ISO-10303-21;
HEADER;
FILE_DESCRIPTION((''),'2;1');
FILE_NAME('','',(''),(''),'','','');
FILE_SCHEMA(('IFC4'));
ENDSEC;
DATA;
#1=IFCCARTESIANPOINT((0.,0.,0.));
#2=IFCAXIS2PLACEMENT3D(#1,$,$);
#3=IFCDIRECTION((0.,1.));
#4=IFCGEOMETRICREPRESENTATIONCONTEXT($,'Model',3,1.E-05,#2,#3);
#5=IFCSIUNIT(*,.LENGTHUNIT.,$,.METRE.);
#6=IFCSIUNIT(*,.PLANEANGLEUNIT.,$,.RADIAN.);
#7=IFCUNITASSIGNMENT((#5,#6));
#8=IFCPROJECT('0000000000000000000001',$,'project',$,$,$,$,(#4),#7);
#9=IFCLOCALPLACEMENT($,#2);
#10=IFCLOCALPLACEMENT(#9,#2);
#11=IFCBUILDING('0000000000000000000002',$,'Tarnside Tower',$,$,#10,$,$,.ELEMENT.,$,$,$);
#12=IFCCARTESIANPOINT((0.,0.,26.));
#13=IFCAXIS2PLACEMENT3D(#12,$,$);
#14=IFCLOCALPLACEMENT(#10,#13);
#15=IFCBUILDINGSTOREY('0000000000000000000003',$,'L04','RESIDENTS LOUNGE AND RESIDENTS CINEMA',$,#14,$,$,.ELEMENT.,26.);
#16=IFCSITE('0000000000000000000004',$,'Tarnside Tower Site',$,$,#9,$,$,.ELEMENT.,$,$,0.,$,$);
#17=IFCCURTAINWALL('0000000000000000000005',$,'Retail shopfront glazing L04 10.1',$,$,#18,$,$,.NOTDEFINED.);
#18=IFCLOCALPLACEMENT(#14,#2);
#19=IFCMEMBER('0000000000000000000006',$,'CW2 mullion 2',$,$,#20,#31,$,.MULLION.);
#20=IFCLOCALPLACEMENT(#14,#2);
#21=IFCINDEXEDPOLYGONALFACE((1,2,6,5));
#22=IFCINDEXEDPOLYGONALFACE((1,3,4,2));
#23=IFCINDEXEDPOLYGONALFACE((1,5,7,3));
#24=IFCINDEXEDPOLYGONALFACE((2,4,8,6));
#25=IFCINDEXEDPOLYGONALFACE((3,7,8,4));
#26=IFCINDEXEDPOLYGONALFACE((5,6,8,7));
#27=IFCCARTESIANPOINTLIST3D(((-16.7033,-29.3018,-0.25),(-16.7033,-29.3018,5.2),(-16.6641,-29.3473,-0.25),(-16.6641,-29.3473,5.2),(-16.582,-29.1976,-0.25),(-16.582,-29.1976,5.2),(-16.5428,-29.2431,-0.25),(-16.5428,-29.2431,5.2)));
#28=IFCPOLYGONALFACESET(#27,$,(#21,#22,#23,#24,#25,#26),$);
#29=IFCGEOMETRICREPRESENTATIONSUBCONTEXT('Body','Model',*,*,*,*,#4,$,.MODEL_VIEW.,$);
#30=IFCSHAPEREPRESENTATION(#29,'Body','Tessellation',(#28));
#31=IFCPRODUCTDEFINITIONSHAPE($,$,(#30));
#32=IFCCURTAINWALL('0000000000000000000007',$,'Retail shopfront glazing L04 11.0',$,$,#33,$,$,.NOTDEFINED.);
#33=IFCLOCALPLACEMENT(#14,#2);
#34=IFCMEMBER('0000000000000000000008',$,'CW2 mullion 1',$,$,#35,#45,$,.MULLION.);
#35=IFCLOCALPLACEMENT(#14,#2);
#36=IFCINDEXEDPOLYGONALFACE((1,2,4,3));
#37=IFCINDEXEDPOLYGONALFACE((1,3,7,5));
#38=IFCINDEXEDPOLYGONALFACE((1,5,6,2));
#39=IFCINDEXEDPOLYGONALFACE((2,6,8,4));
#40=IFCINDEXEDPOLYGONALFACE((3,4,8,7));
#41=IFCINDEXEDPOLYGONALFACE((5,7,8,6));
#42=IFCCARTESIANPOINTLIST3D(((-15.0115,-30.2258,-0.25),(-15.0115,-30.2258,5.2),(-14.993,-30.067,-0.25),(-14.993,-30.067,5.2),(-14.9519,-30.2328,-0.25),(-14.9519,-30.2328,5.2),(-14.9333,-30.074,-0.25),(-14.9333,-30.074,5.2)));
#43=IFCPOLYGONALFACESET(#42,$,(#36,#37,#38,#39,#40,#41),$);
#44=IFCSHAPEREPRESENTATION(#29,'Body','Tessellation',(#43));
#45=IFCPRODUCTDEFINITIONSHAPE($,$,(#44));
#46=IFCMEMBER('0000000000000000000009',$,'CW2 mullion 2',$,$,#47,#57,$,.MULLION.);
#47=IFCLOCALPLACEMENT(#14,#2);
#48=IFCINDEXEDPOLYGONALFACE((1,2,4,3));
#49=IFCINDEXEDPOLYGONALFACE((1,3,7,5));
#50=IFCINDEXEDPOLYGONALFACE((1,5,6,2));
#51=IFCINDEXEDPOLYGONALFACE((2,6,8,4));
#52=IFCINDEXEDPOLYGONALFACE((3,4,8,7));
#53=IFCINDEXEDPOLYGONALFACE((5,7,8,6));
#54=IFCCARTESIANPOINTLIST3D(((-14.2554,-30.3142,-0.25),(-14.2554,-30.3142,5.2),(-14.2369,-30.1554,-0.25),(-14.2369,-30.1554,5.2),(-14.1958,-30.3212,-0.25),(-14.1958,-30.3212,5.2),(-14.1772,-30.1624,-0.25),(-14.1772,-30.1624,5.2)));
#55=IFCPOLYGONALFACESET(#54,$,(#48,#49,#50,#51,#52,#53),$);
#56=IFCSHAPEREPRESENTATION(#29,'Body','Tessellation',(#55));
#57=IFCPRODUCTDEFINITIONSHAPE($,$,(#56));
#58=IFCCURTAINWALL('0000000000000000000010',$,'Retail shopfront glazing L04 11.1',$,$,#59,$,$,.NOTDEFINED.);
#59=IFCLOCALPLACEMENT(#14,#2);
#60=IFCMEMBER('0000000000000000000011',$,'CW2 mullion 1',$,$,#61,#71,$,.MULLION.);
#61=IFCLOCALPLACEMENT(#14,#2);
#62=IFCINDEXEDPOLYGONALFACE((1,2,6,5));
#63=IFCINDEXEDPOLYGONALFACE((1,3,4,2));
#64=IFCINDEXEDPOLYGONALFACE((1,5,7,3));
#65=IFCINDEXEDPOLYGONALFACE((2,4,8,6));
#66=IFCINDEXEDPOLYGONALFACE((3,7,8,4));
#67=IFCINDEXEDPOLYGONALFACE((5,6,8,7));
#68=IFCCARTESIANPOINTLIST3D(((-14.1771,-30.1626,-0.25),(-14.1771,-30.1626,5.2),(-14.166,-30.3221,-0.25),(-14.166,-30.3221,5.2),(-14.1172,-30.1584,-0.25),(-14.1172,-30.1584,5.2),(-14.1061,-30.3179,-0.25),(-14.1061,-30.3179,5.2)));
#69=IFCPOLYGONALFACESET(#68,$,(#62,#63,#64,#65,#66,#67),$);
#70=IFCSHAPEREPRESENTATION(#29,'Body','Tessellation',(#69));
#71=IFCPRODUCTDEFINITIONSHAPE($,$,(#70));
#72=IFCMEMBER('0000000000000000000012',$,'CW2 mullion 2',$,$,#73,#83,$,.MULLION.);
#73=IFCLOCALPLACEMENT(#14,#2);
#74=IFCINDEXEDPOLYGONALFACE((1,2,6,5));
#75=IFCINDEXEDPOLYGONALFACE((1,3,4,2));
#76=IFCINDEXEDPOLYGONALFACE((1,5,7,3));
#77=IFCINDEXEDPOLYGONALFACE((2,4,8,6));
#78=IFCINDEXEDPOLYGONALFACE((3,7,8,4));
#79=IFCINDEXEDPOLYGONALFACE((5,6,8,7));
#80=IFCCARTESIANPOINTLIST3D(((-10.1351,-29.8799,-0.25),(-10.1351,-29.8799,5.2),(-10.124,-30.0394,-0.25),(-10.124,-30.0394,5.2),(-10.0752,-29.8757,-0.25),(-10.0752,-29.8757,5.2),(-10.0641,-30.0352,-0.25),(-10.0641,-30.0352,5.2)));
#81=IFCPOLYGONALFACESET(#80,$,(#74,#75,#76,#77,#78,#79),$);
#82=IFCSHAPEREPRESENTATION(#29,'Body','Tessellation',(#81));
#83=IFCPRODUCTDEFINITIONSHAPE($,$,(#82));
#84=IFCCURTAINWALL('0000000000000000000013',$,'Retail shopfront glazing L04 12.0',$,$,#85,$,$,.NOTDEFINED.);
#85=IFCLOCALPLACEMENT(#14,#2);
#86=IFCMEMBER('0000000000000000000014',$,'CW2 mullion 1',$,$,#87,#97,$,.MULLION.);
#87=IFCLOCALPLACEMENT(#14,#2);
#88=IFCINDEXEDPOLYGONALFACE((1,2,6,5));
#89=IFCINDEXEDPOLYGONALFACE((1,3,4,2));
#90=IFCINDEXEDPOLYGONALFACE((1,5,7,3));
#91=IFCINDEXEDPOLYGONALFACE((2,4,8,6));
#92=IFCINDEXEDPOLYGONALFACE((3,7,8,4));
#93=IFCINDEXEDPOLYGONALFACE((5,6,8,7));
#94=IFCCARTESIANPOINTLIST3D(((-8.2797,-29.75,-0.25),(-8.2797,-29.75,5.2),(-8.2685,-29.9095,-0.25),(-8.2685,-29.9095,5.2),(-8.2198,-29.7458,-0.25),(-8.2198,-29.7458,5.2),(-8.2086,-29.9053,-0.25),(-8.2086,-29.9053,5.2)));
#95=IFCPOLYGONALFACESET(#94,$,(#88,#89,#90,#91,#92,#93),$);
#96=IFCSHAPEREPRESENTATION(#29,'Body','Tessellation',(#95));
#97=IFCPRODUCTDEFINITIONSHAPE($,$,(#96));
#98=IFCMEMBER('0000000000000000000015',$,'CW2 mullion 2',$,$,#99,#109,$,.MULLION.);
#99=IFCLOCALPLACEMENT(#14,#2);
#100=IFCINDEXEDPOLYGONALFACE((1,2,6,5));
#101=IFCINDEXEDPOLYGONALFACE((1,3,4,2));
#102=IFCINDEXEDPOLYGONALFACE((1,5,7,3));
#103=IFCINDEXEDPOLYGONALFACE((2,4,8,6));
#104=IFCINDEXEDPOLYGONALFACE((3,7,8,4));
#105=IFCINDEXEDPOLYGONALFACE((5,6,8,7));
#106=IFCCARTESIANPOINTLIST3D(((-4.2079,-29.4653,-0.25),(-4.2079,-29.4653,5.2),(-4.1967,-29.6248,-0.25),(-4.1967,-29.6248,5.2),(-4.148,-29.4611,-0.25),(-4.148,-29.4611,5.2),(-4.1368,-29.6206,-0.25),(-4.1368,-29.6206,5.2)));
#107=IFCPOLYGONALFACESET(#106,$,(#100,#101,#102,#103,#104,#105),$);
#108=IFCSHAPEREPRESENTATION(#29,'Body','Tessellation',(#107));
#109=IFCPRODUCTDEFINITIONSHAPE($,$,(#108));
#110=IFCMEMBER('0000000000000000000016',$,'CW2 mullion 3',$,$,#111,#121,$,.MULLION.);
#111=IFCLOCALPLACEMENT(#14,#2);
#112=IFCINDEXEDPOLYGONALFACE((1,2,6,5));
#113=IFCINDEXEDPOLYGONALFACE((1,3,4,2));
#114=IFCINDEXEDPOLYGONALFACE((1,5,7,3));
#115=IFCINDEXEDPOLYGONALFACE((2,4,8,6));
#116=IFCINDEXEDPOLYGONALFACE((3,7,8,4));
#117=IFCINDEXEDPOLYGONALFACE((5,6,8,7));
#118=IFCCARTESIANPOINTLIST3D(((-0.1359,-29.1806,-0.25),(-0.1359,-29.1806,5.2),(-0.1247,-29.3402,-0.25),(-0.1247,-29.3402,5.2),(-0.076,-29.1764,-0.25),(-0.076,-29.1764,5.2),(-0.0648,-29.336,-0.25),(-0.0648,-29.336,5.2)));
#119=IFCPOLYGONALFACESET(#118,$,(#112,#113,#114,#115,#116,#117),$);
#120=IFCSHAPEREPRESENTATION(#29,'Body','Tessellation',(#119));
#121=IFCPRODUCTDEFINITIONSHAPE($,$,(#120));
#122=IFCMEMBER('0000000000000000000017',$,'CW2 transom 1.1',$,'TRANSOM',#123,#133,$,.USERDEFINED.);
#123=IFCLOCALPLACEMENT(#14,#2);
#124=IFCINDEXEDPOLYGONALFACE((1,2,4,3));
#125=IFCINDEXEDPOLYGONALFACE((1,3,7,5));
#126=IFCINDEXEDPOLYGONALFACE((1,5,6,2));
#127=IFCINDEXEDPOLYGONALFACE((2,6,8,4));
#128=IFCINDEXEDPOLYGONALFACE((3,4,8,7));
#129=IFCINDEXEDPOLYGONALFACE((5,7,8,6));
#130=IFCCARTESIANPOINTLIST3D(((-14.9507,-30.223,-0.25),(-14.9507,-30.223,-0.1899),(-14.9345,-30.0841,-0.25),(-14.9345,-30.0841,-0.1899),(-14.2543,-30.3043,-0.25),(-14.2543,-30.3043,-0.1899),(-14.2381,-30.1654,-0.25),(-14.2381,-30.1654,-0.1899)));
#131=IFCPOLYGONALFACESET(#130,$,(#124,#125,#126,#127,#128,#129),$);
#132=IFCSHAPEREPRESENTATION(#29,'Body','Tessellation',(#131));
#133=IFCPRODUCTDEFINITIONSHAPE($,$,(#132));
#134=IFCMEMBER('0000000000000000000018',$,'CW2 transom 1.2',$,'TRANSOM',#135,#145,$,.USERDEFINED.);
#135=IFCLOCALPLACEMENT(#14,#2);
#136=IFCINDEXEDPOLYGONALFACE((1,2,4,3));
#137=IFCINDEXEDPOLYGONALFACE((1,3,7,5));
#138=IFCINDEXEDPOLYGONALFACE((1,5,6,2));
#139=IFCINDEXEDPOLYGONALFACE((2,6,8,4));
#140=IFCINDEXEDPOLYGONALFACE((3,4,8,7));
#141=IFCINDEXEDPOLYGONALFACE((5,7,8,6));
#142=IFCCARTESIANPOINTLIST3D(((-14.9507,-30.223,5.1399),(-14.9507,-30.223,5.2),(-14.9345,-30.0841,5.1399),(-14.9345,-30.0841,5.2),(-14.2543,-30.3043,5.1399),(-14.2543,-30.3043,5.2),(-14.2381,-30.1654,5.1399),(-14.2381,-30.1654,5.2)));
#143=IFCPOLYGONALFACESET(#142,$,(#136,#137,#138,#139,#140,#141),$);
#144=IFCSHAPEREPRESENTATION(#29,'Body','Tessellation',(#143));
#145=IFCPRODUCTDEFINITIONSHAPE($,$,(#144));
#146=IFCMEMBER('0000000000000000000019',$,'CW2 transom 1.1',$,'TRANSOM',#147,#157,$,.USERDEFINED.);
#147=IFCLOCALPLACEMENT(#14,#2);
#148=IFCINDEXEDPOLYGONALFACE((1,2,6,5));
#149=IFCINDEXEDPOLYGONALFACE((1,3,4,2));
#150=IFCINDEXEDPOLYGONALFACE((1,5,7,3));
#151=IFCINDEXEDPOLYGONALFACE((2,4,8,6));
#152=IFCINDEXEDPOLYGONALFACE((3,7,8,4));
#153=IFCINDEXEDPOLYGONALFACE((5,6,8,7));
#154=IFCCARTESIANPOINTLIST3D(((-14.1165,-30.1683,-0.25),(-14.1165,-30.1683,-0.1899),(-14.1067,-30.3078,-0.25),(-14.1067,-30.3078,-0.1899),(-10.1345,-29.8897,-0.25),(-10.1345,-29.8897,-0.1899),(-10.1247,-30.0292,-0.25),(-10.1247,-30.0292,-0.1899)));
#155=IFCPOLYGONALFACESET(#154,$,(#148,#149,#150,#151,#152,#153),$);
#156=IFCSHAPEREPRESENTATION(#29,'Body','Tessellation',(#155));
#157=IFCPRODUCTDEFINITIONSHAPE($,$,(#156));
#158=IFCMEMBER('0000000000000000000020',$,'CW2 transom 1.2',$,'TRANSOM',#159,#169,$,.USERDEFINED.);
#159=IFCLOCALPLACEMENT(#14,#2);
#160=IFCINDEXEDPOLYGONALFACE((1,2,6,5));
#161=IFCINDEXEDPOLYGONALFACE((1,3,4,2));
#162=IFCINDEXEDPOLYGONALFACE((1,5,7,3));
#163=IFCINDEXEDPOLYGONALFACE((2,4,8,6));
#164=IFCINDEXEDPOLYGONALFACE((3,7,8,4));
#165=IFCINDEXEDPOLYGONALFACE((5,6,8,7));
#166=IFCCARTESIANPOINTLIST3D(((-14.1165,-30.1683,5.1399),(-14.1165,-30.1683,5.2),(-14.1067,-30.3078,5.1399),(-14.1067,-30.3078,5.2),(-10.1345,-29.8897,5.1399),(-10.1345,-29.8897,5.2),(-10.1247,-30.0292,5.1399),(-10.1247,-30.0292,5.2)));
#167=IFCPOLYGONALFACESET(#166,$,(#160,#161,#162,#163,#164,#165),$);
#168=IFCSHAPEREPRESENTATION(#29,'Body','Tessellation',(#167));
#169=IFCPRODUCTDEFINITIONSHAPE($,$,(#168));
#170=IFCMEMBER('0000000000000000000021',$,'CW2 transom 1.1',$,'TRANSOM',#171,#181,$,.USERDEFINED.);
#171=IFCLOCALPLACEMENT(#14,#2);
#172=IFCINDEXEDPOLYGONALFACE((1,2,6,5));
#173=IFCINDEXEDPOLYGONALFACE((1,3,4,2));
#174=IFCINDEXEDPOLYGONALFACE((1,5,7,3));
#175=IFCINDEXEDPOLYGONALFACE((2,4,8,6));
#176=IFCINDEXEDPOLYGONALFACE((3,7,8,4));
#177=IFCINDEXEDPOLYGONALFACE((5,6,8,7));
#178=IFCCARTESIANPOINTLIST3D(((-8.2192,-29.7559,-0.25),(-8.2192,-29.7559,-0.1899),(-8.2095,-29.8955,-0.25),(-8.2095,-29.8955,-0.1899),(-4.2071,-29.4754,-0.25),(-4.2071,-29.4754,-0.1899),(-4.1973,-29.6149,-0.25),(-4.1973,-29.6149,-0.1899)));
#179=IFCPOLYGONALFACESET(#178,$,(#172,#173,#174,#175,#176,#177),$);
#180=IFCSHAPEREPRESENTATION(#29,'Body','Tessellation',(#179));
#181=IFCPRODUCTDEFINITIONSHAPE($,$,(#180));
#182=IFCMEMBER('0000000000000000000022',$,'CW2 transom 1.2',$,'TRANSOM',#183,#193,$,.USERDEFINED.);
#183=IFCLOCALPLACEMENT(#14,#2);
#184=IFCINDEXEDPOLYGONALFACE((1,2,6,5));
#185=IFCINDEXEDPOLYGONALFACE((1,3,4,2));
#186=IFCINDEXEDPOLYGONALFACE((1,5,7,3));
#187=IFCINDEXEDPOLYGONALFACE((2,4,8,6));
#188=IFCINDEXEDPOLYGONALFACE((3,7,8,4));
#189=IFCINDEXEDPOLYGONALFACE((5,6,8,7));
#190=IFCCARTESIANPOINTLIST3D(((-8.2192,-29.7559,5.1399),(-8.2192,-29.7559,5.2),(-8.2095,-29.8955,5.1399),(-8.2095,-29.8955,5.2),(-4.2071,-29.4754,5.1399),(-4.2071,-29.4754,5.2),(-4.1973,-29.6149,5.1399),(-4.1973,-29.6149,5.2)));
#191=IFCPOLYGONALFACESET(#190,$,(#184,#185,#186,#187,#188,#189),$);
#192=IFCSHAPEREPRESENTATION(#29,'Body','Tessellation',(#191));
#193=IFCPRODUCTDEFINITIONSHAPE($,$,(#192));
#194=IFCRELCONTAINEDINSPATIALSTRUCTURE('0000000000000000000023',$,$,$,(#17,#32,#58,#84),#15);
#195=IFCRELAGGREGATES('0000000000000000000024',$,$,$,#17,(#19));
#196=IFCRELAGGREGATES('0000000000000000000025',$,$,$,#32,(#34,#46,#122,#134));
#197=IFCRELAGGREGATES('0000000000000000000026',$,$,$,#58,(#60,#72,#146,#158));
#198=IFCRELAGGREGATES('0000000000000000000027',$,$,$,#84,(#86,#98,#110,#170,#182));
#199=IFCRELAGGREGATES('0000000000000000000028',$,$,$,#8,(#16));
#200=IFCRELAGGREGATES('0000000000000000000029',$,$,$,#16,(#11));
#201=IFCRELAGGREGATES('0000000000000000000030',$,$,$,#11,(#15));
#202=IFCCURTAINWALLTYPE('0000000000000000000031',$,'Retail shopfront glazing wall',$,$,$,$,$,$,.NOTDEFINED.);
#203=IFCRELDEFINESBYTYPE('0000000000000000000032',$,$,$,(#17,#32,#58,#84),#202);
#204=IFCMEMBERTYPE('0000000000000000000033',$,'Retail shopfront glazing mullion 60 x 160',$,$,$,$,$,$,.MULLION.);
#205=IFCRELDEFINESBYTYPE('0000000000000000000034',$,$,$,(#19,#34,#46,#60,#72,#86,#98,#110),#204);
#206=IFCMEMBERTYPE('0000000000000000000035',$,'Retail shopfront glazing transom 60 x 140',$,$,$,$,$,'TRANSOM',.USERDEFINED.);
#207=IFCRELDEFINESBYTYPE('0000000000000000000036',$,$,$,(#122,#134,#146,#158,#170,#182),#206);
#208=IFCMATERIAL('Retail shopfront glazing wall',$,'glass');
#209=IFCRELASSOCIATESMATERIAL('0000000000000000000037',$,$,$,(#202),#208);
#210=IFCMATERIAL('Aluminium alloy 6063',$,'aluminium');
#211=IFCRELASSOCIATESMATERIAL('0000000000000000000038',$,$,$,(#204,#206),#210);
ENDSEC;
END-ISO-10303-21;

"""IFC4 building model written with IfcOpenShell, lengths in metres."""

from ifc_helpers import new_model, si_unit, direction, frame, origin, origin_2d, place, context, subcontext, project, spatial, rectangle, extrude, material, material_profile, profile_set, type_object, element, aggregate, save


model = new_model("IFC4")

# Units and contexts
model_context = context("Model", 3, precision=1e-05, world=origin(), true_north=direction((0.0, 1.0)))
body_context = subcontext(model_context, "Body", "Model", "MODEL_VIEW")
ifc_project = project(units=[si_unit("LENGTHUNIT", "METRE"), si_unit("PLANEANGLEUNIT", "RADIAN")], contexts=[model_context])

# Site, building, storey
site_placement = place(None, origin())
site = spatial("IfcSite", under=ifc_project, at=site_placement, Name="Tarnside Tower Site", CompositionType="ELEMENT", RefElevation=0.0)
building_placement = place(site_placement, origin())
building = spatial("IfcBuilding", under=site, at=building_placement, Name="Tarnside Tower", CompositionType="ELEMENT")
storey_placement = place(building_placement, frame((0.0, 0.0, 26.0)))
storey = spatial("IfcBuildingStorey", under=building, at=storey_placement, Name="L04", Description="RESIDENTS LOUNGE AND RESIDENTS CINEMA", CompositionType="ELEMENT", Elevation=26.0)

# Curtain wall, member
ifc_material_1 = material(Name="Retail shopfront glazing wall", Category="glass")
curtain_wall_type = type_object("IfcCurtainWallType", Name="Retail shopfront glazing wall", PredefinedType="NOTDEFINED", material=ifc_material_1)
curtain_wall_1_placement = place(storey_placement, origin())
curtain_wall_1 = element("IfcCurtainWall", 1, at=curtain_wall_1_placement, inside=storey, type_object=curtain_wall_type, Name="Retail shopfront glazing L04 10.1", PredefinedType="NOTDEFINED")
ifc_material_2 = material(Name="Aluminium alloy 6063", Category="aluminium")
ifc_material_profile_1 = material_profile(ifc_material_2, rectangle(XDim=0.1599, YDim=0.0601, at=origin_2d()), Name="Retail shopfront glazing mullion 60 x 160")
ifc_profile_set_1 = profile_set([ifc_material_profile_1], Name="Aluminium alloy 6063")
member_type_1 = type_object("IfcMemberType", Name="Retail shopfront glazing mullion 60 x 160", PredefinedType="MULLION", material=ifc_profile_set_1)
member_1_placement = place(storey_placement, frame((-16.623, -29.2725, -0.25), z_axis=(0.0, 0.0, 1.0), x_axis=(0.758514, 0.651657, 0.0)))
member_1 = element("IfcMember", 2, at=member_1_placement, type_object=member_type_1, Name="CW2 mullion 2", PredefinedType="MULLION", context=body_context, shape_type="SweptSolid", body=[
    extrude(rectangle(XDim=0.1599, YDim=0.0601, at=origin_2d()), origin(), (0.0, 0.0, 1.0), 5.45),
])
aggregate(curtain_wall_1, [member_1])

# Curtain walls, members
curtain_wall_2_placement = place(storey_placement, origin())
curtain_wall_2 = element("IfcCurtainWall", 3, at=curtain_wall_2_placement, inside=storey, type_object=curtain_wall_type, Name="Retail shopfront glazing L04 11.0", PredefinedType="NOTDEFINED")
member_2_placement = place(storey_placement, frame((-14.9724, -30.1499, -0.25), z_axis=(0.0, 0.0, 1.0), x_axis=(0.116093, 0.993238, 0.0)))
member_2 = element("IfcMember", 4, at=member_2_placement, type_object=member_type_1, Name="CW2 mullion 1", PredefinedType="MULLION", context=body_context, shape_type="SweptSolid", body=[
    extrude(rectangle(XDim=0.1599, YDim=0.0601, at=origin_2d()), origin(), (0.0, 0.0, 1.0), 5.45),
])
member_3_placement = place(storey_placement, frame((-14.2163, -30.2383, -0.25), z_axis=(0.0, 0.0, 1.0), x_axis=(0.116093, 0.993238, 0.0)))
member_3 = element("IfcMember", 5, at=member_3_placement, type_object=member_type_1, Name="CW2 mullion 2", PredefinedType="MULLION", context=body_context, shape_type="SweptSolid", body=[
    extrude(rectangle(XDim=0.1599, YDim=0.0601, at=origin_2d()), origin(), (0.0, 0.0, 1.0), 5.45),
])
curtain_wall_3_placement = place(storey_placement, origin())
curtain_wall_3 = element("IfcCurtainWall", 6, at=curtain_wall_3_placement, inside=storey, type_object=curtain_wall_type, Name="Retail shopfront glazing L04 11.1", PredefinedType="NOTDEFINED")
member_4_placement = place(storey_placement, frame((-14.1416, -30.2402, -0.25), z_axis=(0.0, 0.0, 1.0), x_axis=(-0.069756, 0.997564, 0.0)))
member_4 = element("IfcMember", 7, at=member_4_placement, type_object=member_type_1, Name="CW2 mullion 1", PredefinedType="MULLION", context=body_context, shape_type="SweptSolid", body=[
    extrude(rectangle(XDim=0.1599, YDim=0.0601, at=origin_2d()), origin(), (0.0, 0.0, 1.0), 5.45),
])
member_5_placement = place(storey_placement, frame((-10.0996, -29.9575, -0.25), z_axis=(0.0, 0.0, 1.0), x_axis=(-0.069756, 0.997564, 0.0)))
member_5 = element("IfcMember", 8, at=member_5_placement, type_object=member_type_1, Name="CW2 mullion 2", PredefinedType="MULLION", context=body_context, shape_type="SweptSolid", body=[
    extrude(rectangle(XDim=0.1599, YDim=0.0601, at=origin_2d()), origin(), (0.0, 0.0, 1.0), 5.45),
])
curtain_wall_4_placement = place(storey_placement, origin())
curtain_wall_4 = element("IfcCurtainWall", 9, at=curtain_wall_4_placement, inside=storey, type_object=curtain_wall_type, Name="Retail shopfront glazing L04 12.0", PredefinedType="NOTDEFINED")
member_6_placement = place(storey_placement, frame((-8.2441, -29.8276, -0.25), z_axis=(0.0, 0.0, 1.0), x_axis=(-0.069756, 0.997564, 0.0)))
member_6 = element("IfcMember", 10, at=member_6_placement, type_object=member_type_1, Name="CW2 mullion 1", PredefinedType="MULLION", context=body_context, shape_type="SweptSolid", body=[
    extrude(rectangle(XDim=0.1599, YDim=0.0601, at=origin_2d()), origin(), (0.0, 0.0, 1.0), 5.45),
])
member_7_placement = place(storey_placement, frame((-4.1724, -29.543, -0.25), z_axis=(0.0, 0.0, 1.0), x_axis=(-0.069756, 0.997564, 0.0)))
member_7 = element("IfcMember", 11, at=member_7_placement, type_object=member_type_1, Name="CW2 mullion 2", PredefinedType="MULLION", context=body_context, shape_type="SweptSolid", body=[
    extrude(rectangle(XDim=0.1599, YDim=0.0601, at=origin_2d()), origin(), (0.0, 0.0, 1.0), 5.45),
])
member_8_placement = place(storey_placement, frame((-0.1003, -29.2583, -0.25), z_axis=(0.0, 0.0, 1.0), x_axis=(-0.069756, 0.997564, 0.0)))
member_8 = element("IfcMember", 12, at=member_8_placement, type_object=member_type_1, Name="CW2 mullion 3", PredefinedType="MULLION", context=body_context, shape_type="SweptSolid", body=[
    extrude(rectangle(XDim=0.1599, YDim=0.0601, at=origin_2d()), origin(), (0.0, 0.0, 1.0), 5.45),
])

# Members
ifc_material_profile_2 = material_profile(ifc_material_2, rectangle(XDim=0.1399, YDim=0.0601, at=origin_2d()), Name="Retail shopfront glazing transom 60 x 140")
ifc_profile_set_2 = profile_set([ifc_material_profile_2], Name="Aluminium alloy 6063")
member_type_2 = type_object("IfcMemberType", Name="Retail shopfront glazing transom 60 x 140", ElementType="TRANSOM", PredefinedType="USERDEFINED", material=ifc_profile_set_2)
member_9_placement = place(storey_placement, frame((-14.9426, -30.1536, -0.22), z_axis=(0.993257, -0.115932, 0.0), x_axis=(0.115932, 0.993257, 0.0)))
member_9 = element("IfcMember", 13, at=member_9_placement, type_object=member_type_2, Name="CW2 transom 1.1", ObjectType="TRANSOM", PredefinedType="USERDEFINED", context=body_context, shape_type="SweptSolid", body=[
    extrude(rectangle(XDim=0.1399, YDim=0.0601, at=origin_2d()), origin(), (0.0, 0.0, 1.0), 0.7012),
])
member_10_placement = place(storey_placement, frame((-14.9426, -30.1536, 5.1699), z_axis=(0.993257, -0.115932, 0.0), x_axis=(0.115932, 0.993257, 0.0)))
member_10 = element("IfcMember", 14, at=member_10_placement, type_object=member_type_2, Name="CW2 transom 1.2", ObjectType="TRANSOM", PredefinedType="USERDEFINED", context=body_context, shape_type="SweptSolid", body=[
    extrude(rectangle(XDim=0.1399, YDim=0.0601, at=origin_2d()), origin(), (0.0, 0.0, 1.0), 0.7012),
])
member_11_placement = place(storey_placement, frame((-14.1116, -30.238, -0.22), z_axis=(0.997562, 0.069787, 0.0), x_axis=(-0.069787, 0.997562, 0.0)))
member_11 = element("IfcMember", 15, at=member_11_placement, type_object=member_type_2, Name="CW2 transom 1.1", ObjectType="TRANSOM", PredefinedType="USERDEFINED", context=body_context, shape_type="SweptSolid", body=[
    extrude(rectangle(XDim=0.1399, YDim=0.0601, at=origin_2d()), origin(), (0.0, 0.0, 1.0), 3.9917),
])
member_12_placement = place(storey_placement, frame((-14.1116, -30.238, 5.1699), z_axis=(0.997562, 0.069787, 0.0), x_axis=(-0.069787, 0.997562, 0.0)))
member_12 = element("IfcMember", 16, at=member_12_placement, type_object=member_type_2, Name="CW2 transom 1.2", ObjectType="TRANSOM", PredefinedType="USERDEFINED", context=body_context, shape_type="SweptSolid", body=[
    extrude(rectangle(XDim=0.1399, YDim=0.0601, at=origin_2d()), origin(), (0.0, 0.0, 1.0), 3.9917),
])
member_13_placement = place(storey_placement, frame((-8.2144, -29.8257, -0.22), z_axis=(0.997565, 0.069746, 0.0), x_axis=(-0.069746, 0.997565, 0.0)))
member_13 = element("IfcMember", 17, at=member_13_placement, type_object=member_type_2, Name="CW2 transom 1.1", ObjectType="TRANSOM", PredefinedType="USERDEFINED", context=body_context, shape_type="SweptSolid", body=[
    extrude(rectangle(XDim=0.1399, YDim=0.0601, at=origin_2d()), origin(), (0.0, 0.0, 1.0), 4.022),
])
member_14_placement = place(storey_placement, frame((-8.2144, -29.8257, 5.1699), z_axis=(0.997565, 0.069746, 0.0), x_axis=(-0.069746, 0.997565, 0.0)))
member_14 = element("IfcMember", 18, at=member_14_placement, type_object=member_type_2, Name="CW2 transom 1.2", ObjectType="TRANSOM", PredefinedType="USERDEFINED", context=body_context, shape_type="SweptSolid", body=[
    extrude(rectangle(XDim=0.1399, YDim=0.0601, at=origin_2d()), origin(), (0.0, 0.0, 1.0), 4.022),
])

aggregate(curtain_wall_2, [member_2, member_3, member_9, member_10])
aggregate(curtain_wall_3, [member_4, member_5, member_11, member_12])
aggregate(curtain_wall_4, [member_6, member_7, member_8, member_13, member_14])

save(model, "model.ifc")
